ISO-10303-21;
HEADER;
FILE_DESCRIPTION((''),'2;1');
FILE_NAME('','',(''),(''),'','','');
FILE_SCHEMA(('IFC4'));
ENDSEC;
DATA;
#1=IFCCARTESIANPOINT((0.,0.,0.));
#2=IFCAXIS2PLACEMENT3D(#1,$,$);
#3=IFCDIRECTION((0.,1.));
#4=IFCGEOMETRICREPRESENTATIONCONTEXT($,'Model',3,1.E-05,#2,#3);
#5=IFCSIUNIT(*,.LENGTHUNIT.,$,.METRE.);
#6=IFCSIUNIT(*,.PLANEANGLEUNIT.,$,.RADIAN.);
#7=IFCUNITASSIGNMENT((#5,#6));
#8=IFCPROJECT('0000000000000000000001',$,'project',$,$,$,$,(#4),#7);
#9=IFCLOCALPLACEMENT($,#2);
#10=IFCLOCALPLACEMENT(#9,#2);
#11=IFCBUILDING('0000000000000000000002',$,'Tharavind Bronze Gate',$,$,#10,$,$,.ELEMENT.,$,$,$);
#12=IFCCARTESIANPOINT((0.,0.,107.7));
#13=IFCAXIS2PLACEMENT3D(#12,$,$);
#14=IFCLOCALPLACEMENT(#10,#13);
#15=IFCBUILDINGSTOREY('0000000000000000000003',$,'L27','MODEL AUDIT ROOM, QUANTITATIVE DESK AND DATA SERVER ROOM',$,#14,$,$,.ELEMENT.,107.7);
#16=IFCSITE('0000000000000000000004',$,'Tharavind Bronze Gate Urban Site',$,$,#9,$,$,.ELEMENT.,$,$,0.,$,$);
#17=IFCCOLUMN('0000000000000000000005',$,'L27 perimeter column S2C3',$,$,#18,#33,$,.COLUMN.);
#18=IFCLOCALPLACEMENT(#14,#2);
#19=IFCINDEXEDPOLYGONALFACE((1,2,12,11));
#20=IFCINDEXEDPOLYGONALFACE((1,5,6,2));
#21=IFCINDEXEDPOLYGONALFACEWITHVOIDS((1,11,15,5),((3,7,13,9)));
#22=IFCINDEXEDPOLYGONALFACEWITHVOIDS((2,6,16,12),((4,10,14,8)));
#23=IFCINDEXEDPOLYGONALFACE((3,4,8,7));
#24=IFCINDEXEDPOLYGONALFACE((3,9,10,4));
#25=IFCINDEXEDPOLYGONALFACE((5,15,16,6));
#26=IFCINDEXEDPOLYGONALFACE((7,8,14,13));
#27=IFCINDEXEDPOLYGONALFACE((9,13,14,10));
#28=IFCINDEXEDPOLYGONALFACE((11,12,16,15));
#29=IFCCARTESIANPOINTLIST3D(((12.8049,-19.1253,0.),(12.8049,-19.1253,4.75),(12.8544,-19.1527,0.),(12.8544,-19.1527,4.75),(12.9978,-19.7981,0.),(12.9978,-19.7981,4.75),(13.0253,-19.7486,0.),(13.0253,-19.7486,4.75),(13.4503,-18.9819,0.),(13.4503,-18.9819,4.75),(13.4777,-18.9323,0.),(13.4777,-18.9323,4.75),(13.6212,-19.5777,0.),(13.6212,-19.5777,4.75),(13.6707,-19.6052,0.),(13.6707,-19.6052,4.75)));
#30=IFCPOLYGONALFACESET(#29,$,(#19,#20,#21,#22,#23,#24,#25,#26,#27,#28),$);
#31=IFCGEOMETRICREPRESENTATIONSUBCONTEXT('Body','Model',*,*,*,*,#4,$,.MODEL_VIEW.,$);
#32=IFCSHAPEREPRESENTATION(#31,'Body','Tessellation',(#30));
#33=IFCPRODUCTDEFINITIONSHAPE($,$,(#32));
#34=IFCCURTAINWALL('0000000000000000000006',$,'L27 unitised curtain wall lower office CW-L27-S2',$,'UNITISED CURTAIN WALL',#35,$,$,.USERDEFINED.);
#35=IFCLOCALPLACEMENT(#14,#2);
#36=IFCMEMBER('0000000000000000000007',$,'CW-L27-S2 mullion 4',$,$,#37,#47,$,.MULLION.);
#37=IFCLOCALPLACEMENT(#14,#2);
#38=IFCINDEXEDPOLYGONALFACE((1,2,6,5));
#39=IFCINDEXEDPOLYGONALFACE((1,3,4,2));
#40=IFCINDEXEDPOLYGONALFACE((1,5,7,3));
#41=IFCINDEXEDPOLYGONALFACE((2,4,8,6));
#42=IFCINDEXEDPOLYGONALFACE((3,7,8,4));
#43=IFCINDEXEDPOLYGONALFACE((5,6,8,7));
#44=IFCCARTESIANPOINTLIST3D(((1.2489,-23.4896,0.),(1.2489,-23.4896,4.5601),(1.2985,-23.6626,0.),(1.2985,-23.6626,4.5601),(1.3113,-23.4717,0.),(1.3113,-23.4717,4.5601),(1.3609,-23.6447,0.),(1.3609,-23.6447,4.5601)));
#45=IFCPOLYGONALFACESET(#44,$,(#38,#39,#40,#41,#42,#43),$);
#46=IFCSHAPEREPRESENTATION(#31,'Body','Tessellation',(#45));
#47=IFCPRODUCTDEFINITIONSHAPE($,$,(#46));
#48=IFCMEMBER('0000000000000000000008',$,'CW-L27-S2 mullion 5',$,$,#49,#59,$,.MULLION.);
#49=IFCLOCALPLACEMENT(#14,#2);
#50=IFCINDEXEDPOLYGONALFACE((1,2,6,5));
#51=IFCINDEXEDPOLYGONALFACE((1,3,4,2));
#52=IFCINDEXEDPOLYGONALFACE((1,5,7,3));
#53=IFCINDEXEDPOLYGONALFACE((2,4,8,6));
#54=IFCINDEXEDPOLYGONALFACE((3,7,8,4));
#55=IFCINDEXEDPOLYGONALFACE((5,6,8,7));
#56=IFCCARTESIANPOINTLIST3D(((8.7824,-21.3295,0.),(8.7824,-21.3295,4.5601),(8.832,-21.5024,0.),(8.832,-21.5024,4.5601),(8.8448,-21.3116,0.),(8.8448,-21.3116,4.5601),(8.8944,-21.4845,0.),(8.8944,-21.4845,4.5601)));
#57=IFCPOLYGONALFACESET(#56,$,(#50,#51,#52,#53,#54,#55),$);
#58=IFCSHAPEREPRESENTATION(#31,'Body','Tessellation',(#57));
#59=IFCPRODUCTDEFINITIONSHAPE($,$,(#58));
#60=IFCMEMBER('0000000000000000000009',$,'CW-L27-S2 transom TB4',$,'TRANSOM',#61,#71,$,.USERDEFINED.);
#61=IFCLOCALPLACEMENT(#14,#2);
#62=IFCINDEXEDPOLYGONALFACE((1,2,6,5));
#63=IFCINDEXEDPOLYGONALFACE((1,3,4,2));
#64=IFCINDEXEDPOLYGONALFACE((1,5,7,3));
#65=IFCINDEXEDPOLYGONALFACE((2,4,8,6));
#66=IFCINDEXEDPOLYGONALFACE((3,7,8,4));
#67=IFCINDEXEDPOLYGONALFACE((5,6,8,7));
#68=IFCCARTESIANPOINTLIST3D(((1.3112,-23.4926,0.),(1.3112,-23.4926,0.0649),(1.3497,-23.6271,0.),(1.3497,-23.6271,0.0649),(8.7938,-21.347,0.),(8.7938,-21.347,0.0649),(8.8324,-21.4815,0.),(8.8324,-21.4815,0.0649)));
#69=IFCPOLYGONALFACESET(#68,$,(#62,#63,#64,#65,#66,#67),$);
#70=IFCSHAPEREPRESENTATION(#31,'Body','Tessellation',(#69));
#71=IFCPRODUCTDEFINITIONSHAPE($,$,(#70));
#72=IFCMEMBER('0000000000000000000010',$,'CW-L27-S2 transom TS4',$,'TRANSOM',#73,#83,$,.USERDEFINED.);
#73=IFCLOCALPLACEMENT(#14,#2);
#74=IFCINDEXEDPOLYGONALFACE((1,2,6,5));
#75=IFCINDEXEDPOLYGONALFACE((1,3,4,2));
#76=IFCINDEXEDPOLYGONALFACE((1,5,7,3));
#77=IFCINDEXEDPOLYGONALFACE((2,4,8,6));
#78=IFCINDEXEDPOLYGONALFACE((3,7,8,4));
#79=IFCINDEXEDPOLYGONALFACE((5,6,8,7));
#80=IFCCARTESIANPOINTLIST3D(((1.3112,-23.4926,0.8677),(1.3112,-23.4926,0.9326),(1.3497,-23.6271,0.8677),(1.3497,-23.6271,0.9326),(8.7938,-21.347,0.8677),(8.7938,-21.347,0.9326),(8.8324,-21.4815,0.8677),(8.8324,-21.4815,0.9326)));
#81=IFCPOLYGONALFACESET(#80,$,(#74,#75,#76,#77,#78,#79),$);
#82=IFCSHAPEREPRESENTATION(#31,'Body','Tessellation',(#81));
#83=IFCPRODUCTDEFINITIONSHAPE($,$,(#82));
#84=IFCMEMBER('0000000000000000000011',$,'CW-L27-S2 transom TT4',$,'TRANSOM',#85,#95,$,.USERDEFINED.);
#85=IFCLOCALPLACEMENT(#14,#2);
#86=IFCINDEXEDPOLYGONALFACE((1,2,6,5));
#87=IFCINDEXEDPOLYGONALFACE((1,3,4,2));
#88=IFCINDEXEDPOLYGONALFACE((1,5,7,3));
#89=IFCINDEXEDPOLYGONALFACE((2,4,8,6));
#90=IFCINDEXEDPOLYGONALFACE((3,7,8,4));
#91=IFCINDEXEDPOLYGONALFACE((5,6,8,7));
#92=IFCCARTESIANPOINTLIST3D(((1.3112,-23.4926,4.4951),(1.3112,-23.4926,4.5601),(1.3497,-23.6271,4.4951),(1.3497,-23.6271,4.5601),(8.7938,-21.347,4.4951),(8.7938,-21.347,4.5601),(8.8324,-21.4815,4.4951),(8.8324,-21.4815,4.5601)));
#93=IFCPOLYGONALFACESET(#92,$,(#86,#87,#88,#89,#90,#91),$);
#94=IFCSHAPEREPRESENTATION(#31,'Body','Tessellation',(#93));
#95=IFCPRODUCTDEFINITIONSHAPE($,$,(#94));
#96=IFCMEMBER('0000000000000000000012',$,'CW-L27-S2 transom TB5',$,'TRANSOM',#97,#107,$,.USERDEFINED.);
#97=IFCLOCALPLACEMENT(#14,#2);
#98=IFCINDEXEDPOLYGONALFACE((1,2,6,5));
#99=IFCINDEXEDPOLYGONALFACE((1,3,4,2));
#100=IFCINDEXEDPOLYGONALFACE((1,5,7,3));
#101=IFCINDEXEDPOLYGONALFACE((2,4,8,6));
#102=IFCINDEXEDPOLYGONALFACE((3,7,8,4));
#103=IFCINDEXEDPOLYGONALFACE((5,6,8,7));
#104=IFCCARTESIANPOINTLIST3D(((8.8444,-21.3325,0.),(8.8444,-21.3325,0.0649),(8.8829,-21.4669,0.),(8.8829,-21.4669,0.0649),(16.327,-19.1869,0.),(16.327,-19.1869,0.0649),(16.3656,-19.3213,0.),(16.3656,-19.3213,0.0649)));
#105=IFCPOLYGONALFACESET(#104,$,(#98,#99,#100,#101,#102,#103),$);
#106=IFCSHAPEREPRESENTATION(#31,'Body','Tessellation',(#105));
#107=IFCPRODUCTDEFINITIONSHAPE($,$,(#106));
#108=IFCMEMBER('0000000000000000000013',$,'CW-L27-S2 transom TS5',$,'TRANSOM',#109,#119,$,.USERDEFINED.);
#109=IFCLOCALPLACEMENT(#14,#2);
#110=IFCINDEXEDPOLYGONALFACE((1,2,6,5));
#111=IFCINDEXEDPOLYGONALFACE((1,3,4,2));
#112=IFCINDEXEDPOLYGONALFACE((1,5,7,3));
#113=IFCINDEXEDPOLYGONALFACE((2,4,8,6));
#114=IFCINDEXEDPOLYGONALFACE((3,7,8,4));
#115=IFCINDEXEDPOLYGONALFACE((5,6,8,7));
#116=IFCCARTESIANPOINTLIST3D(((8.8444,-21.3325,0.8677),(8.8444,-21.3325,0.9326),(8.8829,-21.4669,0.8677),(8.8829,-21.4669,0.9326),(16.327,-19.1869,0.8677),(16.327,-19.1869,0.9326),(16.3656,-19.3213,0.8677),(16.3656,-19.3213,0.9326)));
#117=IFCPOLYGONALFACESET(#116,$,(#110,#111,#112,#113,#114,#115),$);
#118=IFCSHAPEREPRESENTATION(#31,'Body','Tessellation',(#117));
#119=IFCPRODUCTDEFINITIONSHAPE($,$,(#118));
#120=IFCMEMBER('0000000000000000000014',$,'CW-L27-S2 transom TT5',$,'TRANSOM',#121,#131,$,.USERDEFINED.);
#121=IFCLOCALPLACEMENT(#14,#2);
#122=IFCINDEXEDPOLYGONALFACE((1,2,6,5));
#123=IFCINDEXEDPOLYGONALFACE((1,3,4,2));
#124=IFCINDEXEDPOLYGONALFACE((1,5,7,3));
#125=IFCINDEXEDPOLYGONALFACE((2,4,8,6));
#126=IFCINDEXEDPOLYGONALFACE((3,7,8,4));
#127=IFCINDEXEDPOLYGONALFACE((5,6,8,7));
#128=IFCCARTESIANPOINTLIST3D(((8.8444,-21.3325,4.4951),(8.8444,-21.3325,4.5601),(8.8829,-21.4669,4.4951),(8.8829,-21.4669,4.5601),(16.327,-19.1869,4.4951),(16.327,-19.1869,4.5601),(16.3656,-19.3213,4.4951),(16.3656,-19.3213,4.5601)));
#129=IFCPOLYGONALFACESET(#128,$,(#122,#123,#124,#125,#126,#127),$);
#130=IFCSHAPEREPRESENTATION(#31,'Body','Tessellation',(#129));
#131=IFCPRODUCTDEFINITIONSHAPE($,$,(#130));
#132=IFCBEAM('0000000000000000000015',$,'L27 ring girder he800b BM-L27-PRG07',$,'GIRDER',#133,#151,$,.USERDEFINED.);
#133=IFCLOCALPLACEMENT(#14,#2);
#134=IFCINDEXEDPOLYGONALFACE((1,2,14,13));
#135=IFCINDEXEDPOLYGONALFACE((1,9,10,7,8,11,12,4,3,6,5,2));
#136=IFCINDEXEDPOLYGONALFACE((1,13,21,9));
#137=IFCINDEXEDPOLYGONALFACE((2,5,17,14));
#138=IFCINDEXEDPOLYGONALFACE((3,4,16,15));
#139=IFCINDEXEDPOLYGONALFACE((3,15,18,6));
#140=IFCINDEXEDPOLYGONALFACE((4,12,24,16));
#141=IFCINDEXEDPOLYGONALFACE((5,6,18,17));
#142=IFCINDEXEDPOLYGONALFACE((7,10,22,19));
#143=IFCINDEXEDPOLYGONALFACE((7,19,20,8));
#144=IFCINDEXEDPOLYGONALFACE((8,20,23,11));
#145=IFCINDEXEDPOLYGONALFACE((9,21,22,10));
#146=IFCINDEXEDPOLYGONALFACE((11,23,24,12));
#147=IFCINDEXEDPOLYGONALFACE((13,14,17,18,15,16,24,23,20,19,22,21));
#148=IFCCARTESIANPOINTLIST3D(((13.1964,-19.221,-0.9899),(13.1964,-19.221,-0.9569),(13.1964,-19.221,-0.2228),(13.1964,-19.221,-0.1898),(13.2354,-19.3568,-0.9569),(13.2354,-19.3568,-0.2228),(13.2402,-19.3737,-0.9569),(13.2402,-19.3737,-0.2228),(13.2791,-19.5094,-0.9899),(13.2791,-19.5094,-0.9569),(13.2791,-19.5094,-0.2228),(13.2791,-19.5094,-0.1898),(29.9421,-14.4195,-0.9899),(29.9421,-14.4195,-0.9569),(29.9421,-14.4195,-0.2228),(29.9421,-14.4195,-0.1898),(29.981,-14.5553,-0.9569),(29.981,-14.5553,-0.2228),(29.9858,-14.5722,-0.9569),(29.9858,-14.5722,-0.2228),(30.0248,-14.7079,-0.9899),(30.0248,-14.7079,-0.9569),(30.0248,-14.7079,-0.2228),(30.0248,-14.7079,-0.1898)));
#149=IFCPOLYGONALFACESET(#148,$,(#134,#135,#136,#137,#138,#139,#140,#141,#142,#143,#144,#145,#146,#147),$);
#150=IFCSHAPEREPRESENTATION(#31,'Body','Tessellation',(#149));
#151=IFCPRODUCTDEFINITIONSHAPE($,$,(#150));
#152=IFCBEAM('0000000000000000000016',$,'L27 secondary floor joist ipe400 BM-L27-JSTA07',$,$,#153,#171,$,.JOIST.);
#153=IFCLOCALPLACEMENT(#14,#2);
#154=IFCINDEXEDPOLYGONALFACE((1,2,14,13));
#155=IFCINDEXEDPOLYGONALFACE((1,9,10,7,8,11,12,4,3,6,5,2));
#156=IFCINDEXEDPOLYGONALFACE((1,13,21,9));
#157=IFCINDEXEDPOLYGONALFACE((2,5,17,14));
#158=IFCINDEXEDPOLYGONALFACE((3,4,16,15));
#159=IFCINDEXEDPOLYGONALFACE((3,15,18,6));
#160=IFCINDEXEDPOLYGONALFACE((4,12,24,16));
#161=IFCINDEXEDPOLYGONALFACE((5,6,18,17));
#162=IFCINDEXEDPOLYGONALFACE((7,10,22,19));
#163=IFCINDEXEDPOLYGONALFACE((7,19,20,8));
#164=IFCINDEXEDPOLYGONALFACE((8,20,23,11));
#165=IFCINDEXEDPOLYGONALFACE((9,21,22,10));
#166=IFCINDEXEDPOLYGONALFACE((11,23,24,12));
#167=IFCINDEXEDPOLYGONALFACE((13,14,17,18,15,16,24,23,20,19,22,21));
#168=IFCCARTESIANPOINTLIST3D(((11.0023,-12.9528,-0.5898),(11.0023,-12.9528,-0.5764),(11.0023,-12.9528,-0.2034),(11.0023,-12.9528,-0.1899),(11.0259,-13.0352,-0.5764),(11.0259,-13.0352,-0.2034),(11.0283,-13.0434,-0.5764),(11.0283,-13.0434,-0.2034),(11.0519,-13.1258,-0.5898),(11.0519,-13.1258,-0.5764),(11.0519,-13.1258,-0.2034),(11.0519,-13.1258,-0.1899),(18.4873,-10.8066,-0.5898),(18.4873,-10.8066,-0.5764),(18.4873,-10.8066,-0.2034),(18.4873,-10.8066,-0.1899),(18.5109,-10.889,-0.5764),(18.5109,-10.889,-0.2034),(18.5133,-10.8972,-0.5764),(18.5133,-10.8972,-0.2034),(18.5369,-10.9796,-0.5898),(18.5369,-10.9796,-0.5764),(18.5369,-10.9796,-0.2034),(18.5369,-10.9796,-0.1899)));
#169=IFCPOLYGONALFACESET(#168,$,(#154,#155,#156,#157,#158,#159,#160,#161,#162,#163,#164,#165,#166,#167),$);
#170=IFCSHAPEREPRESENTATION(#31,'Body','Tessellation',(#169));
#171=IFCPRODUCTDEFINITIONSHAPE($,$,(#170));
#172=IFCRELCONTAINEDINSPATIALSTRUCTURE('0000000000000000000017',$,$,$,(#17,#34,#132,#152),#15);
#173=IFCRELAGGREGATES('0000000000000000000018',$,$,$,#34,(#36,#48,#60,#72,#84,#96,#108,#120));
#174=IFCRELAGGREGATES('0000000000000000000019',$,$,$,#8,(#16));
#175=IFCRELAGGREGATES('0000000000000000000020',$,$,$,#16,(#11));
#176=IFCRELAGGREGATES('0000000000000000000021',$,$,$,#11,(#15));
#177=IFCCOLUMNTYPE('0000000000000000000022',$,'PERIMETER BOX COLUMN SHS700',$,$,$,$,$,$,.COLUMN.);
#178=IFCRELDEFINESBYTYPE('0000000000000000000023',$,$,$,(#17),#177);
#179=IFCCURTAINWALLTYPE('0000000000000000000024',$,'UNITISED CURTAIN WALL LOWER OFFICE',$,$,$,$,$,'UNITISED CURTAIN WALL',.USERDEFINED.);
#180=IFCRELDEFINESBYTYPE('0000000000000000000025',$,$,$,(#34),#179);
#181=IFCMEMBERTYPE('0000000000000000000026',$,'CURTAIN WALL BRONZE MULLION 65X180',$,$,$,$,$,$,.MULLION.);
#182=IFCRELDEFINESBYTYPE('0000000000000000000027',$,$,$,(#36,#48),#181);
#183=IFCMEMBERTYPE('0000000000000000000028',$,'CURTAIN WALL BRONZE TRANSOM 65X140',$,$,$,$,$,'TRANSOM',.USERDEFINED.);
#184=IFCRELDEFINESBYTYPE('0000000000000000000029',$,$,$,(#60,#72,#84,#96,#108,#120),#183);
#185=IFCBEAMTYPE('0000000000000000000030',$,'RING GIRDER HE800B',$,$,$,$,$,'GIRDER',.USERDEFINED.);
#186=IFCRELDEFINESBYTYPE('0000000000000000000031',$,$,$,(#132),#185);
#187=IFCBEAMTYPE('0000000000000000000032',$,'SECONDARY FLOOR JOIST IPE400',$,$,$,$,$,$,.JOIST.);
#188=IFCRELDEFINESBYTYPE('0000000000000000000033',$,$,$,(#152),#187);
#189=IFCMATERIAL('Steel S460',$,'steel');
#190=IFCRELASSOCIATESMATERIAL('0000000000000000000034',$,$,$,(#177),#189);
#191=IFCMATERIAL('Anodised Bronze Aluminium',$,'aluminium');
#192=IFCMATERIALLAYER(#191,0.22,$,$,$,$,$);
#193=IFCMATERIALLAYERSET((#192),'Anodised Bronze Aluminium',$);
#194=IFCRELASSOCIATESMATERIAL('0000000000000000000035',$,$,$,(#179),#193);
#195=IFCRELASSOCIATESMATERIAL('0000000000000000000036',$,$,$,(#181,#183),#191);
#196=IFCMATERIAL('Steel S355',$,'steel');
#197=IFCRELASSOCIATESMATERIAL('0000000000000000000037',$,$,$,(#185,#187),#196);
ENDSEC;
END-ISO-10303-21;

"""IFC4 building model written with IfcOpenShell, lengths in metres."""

from ifc_helpers import new_model, si_unit, direction, frame, origin, origin_2d, place, context, subcontext, project, spatial, rectangle, hollow_rectangle, i_section, extrude, material, layer, layer_set, material_profile, profile_set, type_object, element, aggregate, save


model = new_model("IFC4")

# Units and contexts
model_context = context("Model", 3, precision=1e-05, world=origin(), true_north=direction((0.0, 1.0)))
body_context = subcontext(model_context, "Body", "Model", "MODEL_VIEW")
ifc_project = project(units=[si_unit("LENGTHUNIT", "METRE"), si_unit("PLANEANGLEUNIT", "RADIAN")], contexts=[model_context])

# Site, building, storey
site_placement = place(None, origin())
site = spatial("IfcSite", under=ifc_project, at=site_placement, Name="Tharavind Bronze Gate Urban Site", CompositionType="ELEMENT", RefElevation=0.0)
building_placement = place(site_placement, origin())
building = spatial("IfcBuilding", under=site, at=building_placement, Name="Tharavind Bronze Gate", CompositionType="ELEMENT")
storey_placement = place(building_placement, frame((0.0, 0.0, 107.7)))
storey = spatial("IfcBuildingStorey", under=building, at=storey_placement, Name="L27", Description="MODEL AUDIT ROOM, QUANTITATIVE DESK AND DATA SERVER ROOM", CompositionType="ELEMENT", Elevation=107.7)

# Column
ifc_material_1 = material(Name="Steel S460", Category="steel")
ifc_material_profile_1 = material_profile(ifc_material_1, hollow_rectangle(XDim=0.7, YDim=0.7, WallThickness=0.04, at=origin_2d()), Name="SHS700X40")
ifc_profile_set_1 = profile_set([ifc_material_profile_1], Name="Steel S460")
column_type = type_object("IfcColumnType", Name="PERIMETER BOX COLUMN SHS700", PredefinedType="COLUMN", material=ifc_profile_set_1)
column_placement = place(storey_placement, frame((13.2378, -19.3652, 0.0), z_axis=(0.0, 0.0, 1.0), x_axis=(0.961262, 0.275637, 0.0)))
element("IfcColumn", 1, at=column_placement, inside=storey, type_object=column_type, Name="L27 perimeter column S2C3", PredefinedType="COLUMN", context=body_context, shape_type="SweptSolid", body=[
    extrude(hollow_rectangle(XDim=0.7, YDim=0.7, WallThickness=0.04, at=origin_2d()), origin(), (0.0, 0.0, 1.0), 4.75),
])

# Curtain wall, members
ifc_material_2 = material(Name="Anodised Bronze Aluminium", Category="aluminium")
ifc_layer_1 = layer(ifc_material_2, 0.22)
ifc_layer_set_1 = layer_set([ifc_layer_1], Name="Anodised Bronze Aluminium")
curtain_wall_type = type_object("IfcCurtainWallType", Name="UNITISED CURTAIN WALL LOWER OFFICE", ElementType="UNITISED CURTAIN WALL", PredefinedType="USERDEFINED", material=ifc_layer_set_1)
curtain_wall_placement = place(storey_placement, origin())
curtain_wall = element("IfcCurtainWall", 2, at=curtain_wall_placement, inside=storey, type_object=curtain_wall_type, Name="L27 unitised curtain wall lower office CW-L27-S2", ObjectType="UNITISED CURTAIN WALL", PredefinedType="USERDEFINED")
member_type_1 = type_object("IfcMemberType", Name="CURTAIN WALL BRONZE MULLION 65X180", PredefinedType="MULLION", material=ifc_material_2)
member_1_placement = place(storey_placement, frame((1.3049, -23.5671, 0.0), z_axis=(0.0, 0.0, 1.0), x_axis=(0.961262, 0.275637, 0.0)))
member_1 = element("IfcMember", 3, at=member_1_placement, type_object=member_type_1, Name="CW-L27-S2 mullion 4", PredefinedType="MULLION", context=body_context, shape_type="SweptSolid", body=[
    extrude(rectangle(XDim=0.0649, YDim=0.1799, at=origin_2d()), origin(), (0.0, 0.0, 1.0), 4.5601),
])
member_2_placement = place(storey_placement, frame((8.8384, -21.407, 0.0), z_axis=(0.0, 0.0, 1.0), x_axis=(0.961262, 0.275637, 0.0)))
member_2 = element("IfcMember", 4, at=member_2_placement, type_object=member_type_1, Name="CW-L27-S2 mullion 5", PredefinedType="MULLION", context=body_context, shape_type="SweptSolid", body=[
    extrude(rectangle(XDim=0.0649, YDim=0.1799, at=origin_2d()), origin(), (0.0, 0.0, 1.0), 4.5601),
])
member_type_2 = type_object("IfcMemberType", Name="CURTAIN WALL BRONZE TRANSOM 65X140", ElementType="TRANSOM", PredefinedType="USERDEFINED", material=ifc_material_2)
member_3_placement = place(storey_placement, frame((5.0718, -22.4871, 0.0), z_axis=(0.0, 0.0, 1.0), x_axis=(0.961262, 0.275637, 0.0)))
member_3 = element("IfcMember", 5, at=member_3_placement, type_object=member_type_2, Name="CW-L27-S2 transom TB4", ObjectType="TRANSOM", PredefinedType="USERDEFINED", context=body_context, shape_type="SweptSolid", body=[
    extrude(rectangle(XDim=7.7842, YDim=0.1399, at=origin_2d()), origin(), (0.0, 0.0, 1.0), 0.0649),
])
member_4_placement = place(storey_placement, frame((5.0718, -22.4871, 0.8677), z_axis=(0.0, 0.0, 1.0), x_axis=(0.961262, 0.275637, 0.0)))
member_4 = element("IfcMember", 6, at=member_4_placement, type_object=member_type_2, Name="CW-L27-S2 transom TS4", ObjectType="TRANSOM", PredefinedType="USERDEFINED", context=body_context, shape_type="SweptSolid", body=[
    extrude(rectangle(XDim=7.7842, YDim=0.1399, at=origin_2d()), origin(), (0.0, 0.0, 1.0), 0.0649),
])
member_5_placement = place(storey_placement, frame((5.0718, -22.4871, 4.4951), z_axis=(0.0, 0.0, 1.0), x_axis=(0.961262, 0.275637, 0.0)))
member_5 = element("IfcMember", 7, at=member_5_placement, type_object=member_type_2, Name="CW-L27-S2 transom TT4", ObjectType="TRANSOM", PredefinedType="USERDEFINED", context=body_context, shape_type="SweptSolid", body=[
    extrude(rectangle(XDim=7.7842, YDim=0.1399, at=origin_2d()), origin(), (0.0, 0.0, 1.0), 0.0649),
])
member_6_placement = place(storey_placement, frame((12.605, -20.3269, 0.0), z_axis=(0.0, 0.0, 1.0), x_axis=(0.961262, 0.275637, 0.0)))
member_6 = element("IfcMember", 8, at=member_6_placement, type_object=member_type_2, Name="CW-L27-S2 transom TB5", ObjectType="TRANSOM", PredefinedType="USERDEFINED", context=body_context, shape_type="SweptSolid", body=[
    extrude(rectangle(XDim=7.7842, YDim=0.1399, at=origin_2d()), origin(), (0.0, 0.0, 1.0), 0.0649),
])
member_7_placement = place(storey_placement, frame((12.605, -20.3269, 0.8677), z_axis=(0.0, 0.0, 1.0), x_axis=(0.961262, 0.275637, 0.0)))
member_7 = element("IfcMember", 9, at=member_7_placement, type_object=member_type_2, Name="CW-L27-S2 transom TS5", ObjectType="TRANSOM", PredefinedType="USERDEFINED", context=body_context, shape_type="SweptSolid", body=[
    extrude(rectangle(XDim=7.7842, YDim=0.1399, at=origin_2d()), origin(), (0.0, 0.0, 1.0), 0.0649),
])
member_8_placement = place(storey_placement, frame((12.605, -20.3269, 4.4951), z_axis=(0.0, 0.0, 1.0), x_axis=(0.961262, 0.275637, 0.0)))
member_8 = element("IfcMember", 10, at=member_8_placement, type_object=member_type_2, Name="CW-L27-S2 transom TT5", ObjectType="TRANSOM", PredefinedType="USERDEFINED", context=body_context, shape_type="SweptSolid", body=[
    extrude(rectangle(XDim=7.7842, YDim=0.1399, at=origin_2d()), origin(), (0.0, 0.0, 1.0), 0.0649),
])

# Beams
ifc_material_3 = material(Name="Steel S355", Category="steel")
ifc_material_profile_2 = material_profile(ifc_material_3, i_section(OverallWidth=0.3, OverallDepth=0.8, WebThickness=0.0176, FlangeThickness=0.033, at=origin_2d()), Name="HE800B")
ifc_profile_set_2 = profile_set([ifc_material_profile_2], Name="Steel S355")
beam_type_1 = type_object("IfcBeamType", Name="RING GIRDER HE800B", ElementType="GIRDER", PredefinedType="USERDEFINED", material=ifc_profile_set_2)
beam_1_placement = place(storey_placement, frame((13.2378, -19.3652, -0.5898), z_axis=(0.961265, 0.275626, 0.0), x_axis=(-0.275626, 0.961265, 0.0)))
element("IfcBeam", 11, at=beam_1_placement, inside=storey, type_object=beam_type_1, Name="L27 ring girder he800b BM-L27-PRG07", ObjectType="GIRDER", PredefinedType="USERDEFINED", context=body_context, shape_type="SweptSolid", body=[
    extrude(i_section(OverallWidth=0.3, OverallDepth=0.8, WebThickness=0.0176, FlangeThickness=0.033, at=origin_2d()), origin(), (0.0, 0.0, 1.0), 17.4204),
])
ifc_material_profile_3 = material_profile(ifc_material_3, i_section(OverallWidth=0.1799, OverallDepth=0.3999, WebThickness=0.0085, FlangeThickness=0.0134, at=origin_2d()), Name="IPE400")
ifc_profile_set_3 = profile_set([ifc_material_profile_3], Name="Steel S355")
beam_type_2 = type_object("IfcBeamType", Name="SECONDARY FLOOR JOIST IPE400", PredefinedType="JOIST", material=ifc_profile_set_3)
beam_2_placement = place(storey_placement, frame((11.0271, -13.0393, -0.3899), z_axis=(0.961264, 0.275628, 0.0), x_axis=(-0.275628, 0.961264, 0.0)))
element("IfcBeam", 12, at=beam_2_placement, inside=storey, type_object=beam_type_2, Name="L27 secondary floor joist ipe400 BM-L27-JSTA07", PredefinedType="JOIST", context=body_context, shape_type="SweptSolid", body=[
    extrude(i_section(OverallWidth=0.1799, OverallDepth=0.3999, WebThickness=0.0085, FlangeThickness=0.0134, at=origin_2d()), origin(), (0.0, 0.0, 1.0), 7.7866),
])

aggregate(curtain_wall, [member_1, member_2, member_3, member_4, member_5, member_6, member_7, member_8])

save(model, "model.ifc")
